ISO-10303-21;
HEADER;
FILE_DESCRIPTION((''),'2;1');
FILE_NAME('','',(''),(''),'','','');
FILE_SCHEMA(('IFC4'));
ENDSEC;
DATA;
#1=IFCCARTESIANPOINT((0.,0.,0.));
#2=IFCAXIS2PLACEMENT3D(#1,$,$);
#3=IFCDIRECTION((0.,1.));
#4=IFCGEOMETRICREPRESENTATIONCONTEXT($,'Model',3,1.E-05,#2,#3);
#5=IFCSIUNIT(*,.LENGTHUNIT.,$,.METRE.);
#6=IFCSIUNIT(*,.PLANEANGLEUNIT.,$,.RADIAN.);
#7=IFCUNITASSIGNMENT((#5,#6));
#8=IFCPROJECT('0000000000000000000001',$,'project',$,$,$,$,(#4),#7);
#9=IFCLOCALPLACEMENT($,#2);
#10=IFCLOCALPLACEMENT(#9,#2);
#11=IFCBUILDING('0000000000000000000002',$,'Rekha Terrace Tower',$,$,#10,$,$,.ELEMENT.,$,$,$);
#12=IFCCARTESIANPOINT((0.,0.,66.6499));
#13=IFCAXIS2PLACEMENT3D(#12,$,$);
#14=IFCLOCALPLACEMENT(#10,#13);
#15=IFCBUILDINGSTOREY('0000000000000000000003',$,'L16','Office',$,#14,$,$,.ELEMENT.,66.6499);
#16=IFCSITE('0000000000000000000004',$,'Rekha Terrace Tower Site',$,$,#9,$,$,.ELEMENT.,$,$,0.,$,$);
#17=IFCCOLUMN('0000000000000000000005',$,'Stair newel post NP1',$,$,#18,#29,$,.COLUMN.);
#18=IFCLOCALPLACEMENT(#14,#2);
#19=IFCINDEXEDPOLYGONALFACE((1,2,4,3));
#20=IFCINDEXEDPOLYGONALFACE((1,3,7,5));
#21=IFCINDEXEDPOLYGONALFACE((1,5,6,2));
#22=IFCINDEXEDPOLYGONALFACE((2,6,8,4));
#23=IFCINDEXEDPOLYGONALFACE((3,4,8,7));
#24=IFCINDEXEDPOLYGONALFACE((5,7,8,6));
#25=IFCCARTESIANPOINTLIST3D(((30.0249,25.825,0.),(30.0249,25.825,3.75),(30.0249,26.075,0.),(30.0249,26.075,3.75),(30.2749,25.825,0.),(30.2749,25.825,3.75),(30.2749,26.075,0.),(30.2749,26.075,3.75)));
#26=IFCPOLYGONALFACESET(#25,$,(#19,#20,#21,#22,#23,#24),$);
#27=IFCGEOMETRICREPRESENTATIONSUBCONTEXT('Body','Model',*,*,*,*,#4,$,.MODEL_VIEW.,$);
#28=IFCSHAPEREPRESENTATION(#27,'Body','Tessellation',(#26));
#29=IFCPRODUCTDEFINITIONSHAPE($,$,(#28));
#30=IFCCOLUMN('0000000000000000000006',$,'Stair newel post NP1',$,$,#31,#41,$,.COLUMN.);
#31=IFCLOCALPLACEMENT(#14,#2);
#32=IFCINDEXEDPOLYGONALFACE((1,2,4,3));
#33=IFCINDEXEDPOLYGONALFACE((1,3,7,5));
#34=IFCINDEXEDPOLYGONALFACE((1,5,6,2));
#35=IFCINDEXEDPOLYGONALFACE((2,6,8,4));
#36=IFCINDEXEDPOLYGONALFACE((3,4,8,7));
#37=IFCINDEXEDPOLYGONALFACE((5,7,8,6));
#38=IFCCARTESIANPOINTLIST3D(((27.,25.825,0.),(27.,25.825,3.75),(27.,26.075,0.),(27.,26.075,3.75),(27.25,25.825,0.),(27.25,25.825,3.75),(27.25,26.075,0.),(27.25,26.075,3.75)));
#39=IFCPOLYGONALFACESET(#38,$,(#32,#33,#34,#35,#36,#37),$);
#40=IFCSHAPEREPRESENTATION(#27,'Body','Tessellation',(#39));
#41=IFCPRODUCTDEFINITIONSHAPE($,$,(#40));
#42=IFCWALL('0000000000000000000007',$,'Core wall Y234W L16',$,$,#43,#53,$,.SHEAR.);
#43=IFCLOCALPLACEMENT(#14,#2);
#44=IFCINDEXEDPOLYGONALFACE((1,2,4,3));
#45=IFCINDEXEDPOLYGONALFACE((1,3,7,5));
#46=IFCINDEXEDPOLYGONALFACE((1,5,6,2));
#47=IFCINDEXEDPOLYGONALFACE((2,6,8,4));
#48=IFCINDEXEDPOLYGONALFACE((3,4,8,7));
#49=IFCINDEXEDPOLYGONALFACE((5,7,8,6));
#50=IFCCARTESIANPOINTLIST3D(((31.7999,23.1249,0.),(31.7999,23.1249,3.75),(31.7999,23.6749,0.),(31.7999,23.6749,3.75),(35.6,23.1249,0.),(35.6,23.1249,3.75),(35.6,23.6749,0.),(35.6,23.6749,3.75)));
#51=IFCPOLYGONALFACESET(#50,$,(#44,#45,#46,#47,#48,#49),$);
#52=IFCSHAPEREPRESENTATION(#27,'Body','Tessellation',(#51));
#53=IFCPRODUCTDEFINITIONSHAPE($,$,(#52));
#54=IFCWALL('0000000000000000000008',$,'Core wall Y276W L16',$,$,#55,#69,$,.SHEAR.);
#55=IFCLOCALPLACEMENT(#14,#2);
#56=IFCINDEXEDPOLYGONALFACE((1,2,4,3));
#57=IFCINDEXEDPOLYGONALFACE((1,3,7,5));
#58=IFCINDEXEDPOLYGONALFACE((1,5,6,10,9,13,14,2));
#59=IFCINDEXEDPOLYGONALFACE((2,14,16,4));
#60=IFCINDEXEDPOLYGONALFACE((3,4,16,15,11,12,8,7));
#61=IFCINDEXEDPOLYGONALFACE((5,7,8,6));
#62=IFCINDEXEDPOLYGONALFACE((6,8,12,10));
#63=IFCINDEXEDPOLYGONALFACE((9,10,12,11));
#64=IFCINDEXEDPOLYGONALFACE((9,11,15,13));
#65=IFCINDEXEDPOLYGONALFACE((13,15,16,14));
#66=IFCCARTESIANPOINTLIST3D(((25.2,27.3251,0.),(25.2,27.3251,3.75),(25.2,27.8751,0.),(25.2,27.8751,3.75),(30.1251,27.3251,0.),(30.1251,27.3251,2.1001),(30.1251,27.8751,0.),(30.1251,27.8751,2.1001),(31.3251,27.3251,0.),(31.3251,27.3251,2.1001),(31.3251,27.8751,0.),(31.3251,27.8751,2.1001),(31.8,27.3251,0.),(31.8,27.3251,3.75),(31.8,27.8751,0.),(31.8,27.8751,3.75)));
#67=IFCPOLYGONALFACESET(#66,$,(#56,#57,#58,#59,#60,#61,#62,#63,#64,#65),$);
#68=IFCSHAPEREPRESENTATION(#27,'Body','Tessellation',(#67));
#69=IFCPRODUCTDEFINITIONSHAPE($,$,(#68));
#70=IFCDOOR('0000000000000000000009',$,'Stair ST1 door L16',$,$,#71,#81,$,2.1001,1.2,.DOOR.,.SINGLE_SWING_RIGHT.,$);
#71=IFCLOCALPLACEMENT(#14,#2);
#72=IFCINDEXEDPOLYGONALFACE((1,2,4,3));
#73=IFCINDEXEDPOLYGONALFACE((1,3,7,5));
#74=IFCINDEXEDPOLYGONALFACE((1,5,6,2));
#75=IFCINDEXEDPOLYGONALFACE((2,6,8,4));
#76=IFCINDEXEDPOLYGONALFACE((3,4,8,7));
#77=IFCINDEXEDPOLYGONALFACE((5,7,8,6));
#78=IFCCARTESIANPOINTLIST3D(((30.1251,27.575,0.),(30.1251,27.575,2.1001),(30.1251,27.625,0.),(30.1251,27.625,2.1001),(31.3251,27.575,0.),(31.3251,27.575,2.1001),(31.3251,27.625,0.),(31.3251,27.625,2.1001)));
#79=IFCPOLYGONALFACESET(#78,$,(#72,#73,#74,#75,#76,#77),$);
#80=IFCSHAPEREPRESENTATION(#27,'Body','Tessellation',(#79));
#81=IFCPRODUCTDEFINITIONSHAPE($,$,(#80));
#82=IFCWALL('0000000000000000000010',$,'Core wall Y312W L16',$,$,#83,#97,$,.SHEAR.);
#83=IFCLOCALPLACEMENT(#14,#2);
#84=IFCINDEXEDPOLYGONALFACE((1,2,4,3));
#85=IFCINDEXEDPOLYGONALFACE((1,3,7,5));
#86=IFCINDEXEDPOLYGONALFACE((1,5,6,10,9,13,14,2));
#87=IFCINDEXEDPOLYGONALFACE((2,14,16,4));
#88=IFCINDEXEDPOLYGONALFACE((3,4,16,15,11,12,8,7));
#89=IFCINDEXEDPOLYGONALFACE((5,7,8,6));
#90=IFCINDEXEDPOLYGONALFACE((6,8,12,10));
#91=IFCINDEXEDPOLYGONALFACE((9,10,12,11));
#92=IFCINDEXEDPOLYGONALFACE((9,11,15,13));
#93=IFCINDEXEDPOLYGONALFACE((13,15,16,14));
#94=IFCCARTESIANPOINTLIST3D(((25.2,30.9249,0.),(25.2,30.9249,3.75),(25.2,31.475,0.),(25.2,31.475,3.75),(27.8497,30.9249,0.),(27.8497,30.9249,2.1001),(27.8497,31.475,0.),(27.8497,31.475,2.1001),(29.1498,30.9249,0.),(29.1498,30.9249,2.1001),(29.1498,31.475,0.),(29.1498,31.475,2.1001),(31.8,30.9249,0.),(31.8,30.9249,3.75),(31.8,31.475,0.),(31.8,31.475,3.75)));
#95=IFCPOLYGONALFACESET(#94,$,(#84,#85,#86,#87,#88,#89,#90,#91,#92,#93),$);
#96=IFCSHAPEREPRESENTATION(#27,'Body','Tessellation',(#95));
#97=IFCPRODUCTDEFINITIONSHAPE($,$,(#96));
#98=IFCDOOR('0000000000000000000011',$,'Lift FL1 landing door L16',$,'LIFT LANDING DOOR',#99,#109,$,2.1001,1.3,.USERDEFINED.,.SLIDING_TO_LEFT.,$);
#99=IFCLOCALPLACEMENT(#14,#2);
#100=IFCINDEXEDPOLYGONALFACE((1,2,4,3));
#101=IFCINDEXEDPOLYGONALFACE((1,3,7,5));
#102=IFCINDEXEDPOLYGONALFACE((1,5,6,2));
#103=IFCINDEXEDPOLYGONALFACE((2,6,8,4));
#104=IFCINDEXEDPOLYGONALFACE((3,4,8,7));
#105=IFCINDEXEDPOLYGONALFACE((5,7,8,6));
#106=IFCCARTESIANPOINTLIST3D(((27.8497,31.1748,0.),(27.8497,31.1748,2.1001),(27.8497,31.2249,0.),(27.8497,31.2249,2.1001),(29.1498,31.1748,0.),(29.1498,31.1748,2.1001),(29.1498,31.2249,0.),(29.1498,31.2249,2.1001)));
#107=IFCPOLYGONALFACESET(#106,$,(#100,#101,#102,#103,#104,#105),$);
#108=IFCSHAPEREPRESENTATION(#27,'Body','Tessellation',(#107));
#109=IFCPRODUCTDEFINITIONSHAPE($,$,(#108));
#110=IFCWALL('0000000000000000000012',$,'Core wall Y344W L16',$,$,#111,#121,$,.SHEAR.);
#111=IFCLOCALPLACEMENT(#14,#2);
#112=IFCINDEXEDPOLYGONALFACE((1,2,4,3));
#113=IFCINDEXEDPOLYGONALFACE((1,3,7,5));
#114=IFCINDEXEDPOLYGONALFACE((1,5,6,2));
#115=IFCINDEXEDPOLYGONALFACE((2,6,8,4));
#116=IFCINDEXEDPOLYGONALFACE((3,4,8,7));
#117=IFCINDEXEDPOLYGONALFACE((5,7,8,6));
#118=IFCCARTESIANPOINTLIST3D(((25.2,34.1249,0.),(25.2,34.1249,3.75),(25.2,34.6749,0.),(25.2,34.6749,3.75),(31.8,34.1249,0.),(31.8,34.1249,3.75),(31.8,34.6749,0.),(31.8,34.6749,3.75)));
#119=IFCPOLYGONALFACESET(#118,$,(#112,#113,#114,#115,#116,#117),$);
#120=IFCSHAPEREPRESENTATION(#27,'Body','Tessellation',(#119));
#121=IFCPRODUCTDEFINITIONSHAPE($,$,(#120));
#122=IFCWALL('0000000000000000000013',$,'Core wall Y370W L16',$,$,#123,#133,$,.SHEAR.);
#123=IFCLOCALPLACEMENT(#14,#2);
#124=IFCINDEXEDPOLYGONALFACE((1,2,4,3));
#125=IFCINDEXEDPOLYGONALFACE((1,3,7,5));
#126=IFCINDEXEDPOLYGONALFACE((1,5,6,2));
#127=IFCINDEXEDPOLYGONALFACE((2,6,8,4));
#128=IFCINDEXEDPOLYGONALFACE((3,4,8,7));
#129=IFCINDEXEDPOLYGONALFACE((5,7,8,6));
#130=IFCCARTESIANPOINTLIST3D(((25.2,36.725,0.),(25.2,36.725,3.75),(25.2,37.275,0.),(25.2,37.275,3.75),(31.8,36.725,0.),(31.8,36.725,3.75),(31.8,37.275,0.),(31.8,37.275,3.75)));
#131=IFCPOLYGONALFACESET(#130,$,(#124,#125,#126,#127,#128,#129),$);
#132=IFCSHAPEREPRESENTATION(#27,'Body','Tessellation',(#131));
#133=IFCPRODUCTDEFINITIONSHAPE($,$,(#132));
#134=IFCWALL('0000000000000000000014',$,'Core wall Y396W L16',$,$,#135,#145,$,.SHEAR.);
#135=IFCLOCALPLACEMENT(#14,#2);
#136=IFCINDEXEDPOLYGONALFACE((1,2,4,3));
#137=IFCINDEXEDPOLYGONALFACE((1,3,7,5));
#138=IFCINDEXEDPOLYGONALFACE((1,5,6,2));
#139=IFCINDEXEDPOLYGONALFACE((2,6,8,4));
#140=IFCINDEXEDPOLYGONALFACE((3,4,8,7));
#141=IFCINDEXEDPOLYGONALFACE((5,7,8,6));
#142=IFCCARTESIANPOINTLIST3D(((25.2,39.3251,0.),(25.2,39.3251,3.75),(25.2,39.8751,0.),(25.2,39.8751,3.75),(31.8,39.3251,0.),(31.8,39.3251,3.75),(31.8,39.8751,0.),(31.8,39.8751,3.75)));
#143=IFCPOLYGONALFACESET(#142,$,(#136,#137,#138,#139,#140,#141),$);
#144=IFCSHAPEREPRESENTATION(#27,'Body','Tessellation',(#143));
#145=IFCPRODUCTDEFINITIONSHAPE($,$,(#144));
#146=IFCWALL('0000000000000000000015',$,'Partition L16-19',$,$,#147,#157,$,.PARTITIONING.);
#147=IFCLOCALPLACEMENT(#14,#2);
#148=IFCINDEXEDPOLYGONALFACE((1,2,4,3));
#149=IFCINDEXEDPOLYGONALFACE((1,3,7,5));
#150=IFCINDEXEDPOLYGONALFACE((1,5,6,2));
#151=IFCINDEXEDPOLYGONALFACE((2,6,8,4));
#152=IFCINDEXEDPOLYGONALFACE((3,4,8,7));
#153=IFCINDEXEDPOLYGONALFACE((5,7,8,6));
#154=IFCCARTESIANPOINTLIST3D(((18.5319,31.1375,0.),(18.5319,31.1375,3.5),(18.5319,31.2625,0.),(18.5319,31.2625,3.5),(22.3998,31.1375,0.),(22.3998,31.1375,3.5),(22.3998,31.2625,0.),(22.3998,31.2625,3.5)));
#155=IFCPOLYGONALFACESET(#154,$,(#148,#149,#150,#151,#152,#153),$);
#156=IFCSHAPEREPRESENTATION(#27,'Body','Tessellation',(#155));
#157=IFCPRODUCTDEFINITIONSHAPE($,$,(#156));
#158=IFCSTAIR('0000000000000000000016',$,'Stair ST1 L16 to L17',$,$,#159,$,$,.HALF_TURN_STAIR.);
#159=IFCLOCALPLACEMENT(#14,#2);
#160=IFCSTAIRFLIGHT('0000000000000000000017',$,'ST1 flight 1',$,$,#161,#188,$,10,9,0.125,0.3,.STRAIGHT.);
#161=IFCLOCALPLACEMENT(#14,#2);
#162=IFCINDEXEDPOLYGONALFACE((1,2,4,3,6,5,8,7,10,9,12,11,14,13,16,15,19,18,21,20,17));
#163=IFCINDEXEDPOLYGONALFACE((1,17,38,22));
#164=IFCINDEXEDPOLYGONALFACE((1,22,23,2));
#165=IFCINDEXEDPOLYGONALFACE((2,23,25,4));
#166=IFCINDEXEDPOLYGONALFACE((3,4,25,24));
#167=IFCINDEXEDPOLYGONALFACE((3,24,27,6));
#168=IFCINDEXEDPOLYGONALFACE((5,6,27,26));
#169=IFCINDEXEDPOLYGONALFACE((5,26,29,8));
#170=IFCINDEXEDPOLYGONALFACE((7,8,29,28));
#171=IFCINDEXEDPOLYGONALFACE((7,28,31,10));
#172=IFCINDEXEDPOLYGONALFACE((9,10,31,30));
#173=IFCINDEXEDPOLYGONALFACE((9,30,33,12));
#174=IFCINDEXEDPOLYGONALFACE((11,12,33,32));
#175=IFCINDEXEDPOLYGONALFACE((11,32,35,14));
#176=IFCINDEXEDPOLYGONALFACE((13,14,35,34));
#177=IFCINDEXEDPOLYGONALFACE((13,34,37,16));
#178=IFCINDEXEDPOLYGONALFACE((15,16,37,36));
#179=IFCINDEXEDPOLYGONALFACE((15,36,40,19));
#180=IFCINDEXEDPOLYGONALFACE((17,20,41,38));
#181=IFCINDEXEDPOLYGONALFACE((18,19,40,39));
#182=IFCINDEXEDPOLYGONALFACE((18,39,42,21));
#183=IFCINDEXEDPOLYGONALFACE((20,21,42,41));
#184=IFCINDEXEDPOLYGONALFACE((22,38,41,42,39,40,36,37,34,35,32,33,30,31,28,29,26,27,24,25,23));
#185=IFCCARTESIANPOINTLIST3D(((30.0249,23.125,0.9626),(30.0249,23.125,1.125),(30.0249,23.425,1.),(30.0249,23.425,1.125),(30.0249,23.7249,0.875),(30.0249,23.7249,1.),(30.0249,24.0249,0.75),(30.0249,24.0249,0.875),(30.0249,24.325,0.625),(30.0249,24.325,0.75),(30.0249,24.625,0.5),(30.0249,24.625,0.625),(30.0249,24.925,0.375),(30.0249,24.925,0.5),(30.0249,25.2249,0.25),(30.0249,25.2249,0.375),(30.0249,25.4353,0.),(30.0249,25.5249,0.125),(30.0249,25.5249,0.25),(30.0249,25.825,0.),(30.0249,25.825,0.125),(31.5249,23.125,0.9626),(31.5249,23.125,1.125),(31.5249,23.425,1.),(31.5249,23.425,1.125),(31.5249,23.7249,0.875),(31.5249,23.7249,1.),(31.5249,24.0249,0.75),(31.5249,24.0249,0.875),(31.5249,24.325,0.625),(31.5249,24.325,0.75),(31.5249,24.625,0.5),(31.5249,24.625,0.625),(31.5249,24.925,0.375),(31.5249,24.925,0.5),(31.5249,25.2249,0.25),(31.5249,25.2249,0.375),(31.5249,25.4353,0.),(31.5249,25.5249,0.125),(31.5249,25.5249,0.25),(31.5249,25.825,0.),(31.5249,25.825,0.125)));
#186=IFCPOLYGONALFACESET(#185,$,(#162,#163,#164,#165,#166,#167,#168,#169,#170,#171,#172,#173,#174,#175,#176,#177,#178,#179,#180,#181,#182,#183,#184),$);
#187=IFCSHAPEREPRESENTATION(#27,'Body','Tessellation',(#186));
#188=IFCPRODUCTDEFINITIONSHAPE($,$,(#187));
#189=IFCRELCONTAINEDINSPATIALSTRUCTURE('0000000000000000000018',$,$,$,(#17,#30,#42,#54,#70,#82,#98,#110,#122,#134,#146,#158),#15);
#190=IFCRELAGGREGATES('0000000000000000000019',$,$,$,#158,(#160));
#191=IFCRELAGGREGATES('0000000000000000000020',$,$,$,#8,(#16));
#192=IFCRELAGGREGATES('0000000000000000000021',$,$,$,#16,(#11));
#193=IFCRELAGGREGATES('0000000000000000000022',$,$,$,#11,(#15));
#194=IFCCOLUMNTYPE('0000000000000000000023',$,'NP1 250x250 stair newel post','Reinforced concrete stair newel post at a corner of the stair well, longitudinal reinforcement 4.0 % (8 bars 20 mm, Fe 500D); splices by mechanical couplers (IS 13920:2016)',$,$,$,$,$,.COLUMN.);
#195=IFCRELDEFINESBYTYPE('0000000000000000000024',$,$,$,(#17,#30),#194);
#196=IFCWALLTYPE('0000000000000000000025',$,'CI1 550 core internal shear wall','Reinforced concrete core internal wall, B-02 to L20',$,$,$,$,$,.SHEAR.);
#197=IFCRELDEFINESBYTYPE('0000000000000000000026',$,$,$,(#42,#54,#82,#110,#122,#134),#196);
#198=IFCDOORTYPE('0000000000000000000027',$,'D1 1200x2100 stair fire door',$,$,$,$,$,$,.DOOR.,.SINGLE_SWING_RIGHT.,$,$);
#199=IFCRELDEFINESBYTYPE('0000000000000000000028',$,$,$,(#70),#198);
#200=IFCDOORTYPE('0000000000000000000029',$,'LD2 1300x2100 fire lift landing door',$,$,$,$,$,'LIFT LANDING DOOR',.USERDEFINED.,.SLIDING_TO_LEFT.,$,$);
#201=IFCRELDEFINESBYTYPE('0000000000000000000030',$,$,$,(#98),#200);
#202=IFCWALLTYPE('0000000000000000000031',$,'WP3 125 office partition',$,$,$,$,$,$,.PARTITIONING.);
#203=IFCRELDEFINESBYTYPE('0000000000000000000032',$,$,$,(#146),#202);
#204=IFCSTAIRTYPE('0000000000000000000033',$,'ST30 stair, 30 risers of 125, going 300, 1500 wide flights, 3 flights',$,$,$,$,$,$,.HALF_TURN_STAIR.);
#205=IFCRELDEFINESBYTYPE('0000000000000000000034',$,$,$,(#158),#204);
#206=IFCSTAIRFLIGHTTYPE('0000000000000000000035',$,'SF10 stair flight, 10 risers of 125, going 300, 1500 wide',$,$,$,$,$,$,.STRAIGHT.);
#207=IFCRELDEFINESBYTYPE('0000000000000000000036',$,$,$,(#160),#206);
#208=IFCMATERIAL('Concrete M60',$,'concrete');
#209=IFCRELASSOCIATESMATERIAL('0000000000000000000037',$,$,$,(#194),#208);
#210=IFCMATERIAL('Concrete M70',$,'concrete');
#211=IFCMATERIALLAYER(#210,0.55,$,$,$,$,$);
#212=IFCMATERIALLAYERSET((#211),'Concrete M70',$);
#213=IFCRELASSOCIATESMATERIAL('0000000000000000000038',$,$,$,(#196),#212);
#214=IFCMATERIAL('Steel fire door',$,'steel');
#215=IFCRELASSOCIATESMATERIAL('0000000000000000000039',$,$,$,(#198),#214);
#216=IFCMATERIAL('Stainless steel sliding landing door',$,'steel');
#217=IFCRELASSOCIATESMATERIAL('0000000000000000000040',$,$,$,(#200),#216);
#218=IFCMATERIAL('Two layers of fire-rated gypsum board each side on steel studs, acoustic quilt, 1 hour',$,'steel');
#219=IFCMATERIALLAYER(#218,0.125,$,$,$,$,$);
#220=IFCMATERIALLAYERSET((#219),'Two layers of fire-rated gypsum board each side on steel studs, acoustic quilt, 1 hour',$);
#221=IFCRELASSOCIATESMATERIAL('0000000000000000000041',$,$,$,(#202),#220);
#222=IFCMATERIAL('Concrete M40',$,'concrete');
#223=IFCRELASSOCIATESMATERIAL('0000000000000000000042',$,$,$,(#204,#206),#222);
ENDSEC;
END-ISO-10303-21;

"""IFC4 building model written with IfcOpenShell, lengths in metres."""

from ifc_helpers import new_model, si_unit, direction, frame, frame_2d, origin, origin_2d, place, context, subcontext, project, spatial, polyline, rectangle, outline, extrude, material, layer, layer_set, material_profile, profile_set, type_object, element, fill, aggregate, save


model = new_model("IFC4")

# Units and contexts
model_context = context("Model", 3, precision=1e-05, world=origin(), true_north=direction((0.0, 1.0)))
body_context = subcontext(model_context, "Body", "Model", "MODEL_VIEW")
ifc_project = project(units=[si_unit("LENGTHUNIT", "METRE"), si_unit("PLANEANGLEUNIT", "RADIAN")], contexts=[model_context])

# Site, building, storey
site_placement = place(None, origin())
site = spatial("IfcSite", under=ifc_project, at=site_placement, Name="Rekha Terrace Tower Site", CompositionType="ELEMENT", RefElevation=0.0)
building_placement = place(site_placement, origin())
building = spatial("IfcBuilding", under=site, at=building_placement, Name="Rekha Terrace Tower", CompositionType="ELEMENT")
storey_placement = place(building_placement, frame((0.0, 0.0, 66.6499)))
storey = spatial("IfcBuildingStorey", under=building, at=storey_placement, Name="L16", Description="Office", CompositionType="ELEMENT", Elevation=66.6499)

# Columns
ifc_material_1 = material(Name="Concrete M60", Category="concrete")
ifc_material_profile = material_profile(ifc_material_1, rectangle(XDim=0.25, YDim=0.25, at=origin_2d()), Name="RC 250x250")
ifc_profile_set = profile_set([ifc_material_profile], Name="Concrete M60")
column_type = type_object("IfcColumnType", Name="NP1 250x250 stair newel post", Description="Reinforced concrete stair newel post at a corner of the stair well, longitudinal reinforcement 4.0 % (8 bars 20 mm, Fe 500D); splices by mechanical couplers (IS 13920:2016)", PredefinedType="COLUMN", material=ifc_profile_set)
for number, where, z_axis, x_axis, name in (
    (1, (30.1499, 25.95, 0.0), (0.0, 0.0, 1.0), (1.0, 0.0, 0.0), "Stair newel post NP1"),
    (2, (27.125, 25.95, 0.0), (0.0, 0.0, 1.0), (1.0, 0.0, 0.0), "Stair newel post NP1"),
):
    element("IfcColumn", number, at=place(storey_placement, frame(where, z_axis=z_axis, x_axis=x_axis)), inside=storey, type_object=column_type, Name=name, PredefinedType="COLUMN", context=body_context, shape_type="SweptSolid", body=[
        extrude(rectangle(XDim=0.25, YDim=0.25, at=origin_2d()), origin(), (0.0, 0.0, 1.0), 3.75),
    ])

# Wall
ifc_material_2 = material(Name="Concrete M70", Category="concrete")
ifc_layer_1 = layer(ifc_material_2, 0.55)
ifc_layer_set_1 = layer_set([ifc_layer_1], Name="Concrete M70")
wall_type_1 = type_object("IfcWallType", Name="CI1 550 core internal shear wall", Description="Reinforced concrete core internal wall, B-02 to L20", PredefinedType="SHEAR", material=ifc_layer_set_1)
wall_1_placement = place(storey_placement, frame((31.8, 23.3999, 0.0), z_axis=(0.0, 0.0, 1.0), x_axis=(1.0, 0.0, 0.0)))
element("IfcWall", 3, at=wall_1_placement, inside=storey, type_object=wall_type_1, Name="Core wall Y234W L16", PredefinedType="SHEAR", context=body_context, shape_type="SweptSolid", body=[
    extrude(rectangle(XDim=3.8, YDim=0.55, at=frame_2d((1.8999, 0.0))), origin(), (0.0, 0.0, 1.0), 3.75),
])

# Walls, openings, doors
wall_2_placement = place(storey_placement, frame((25.2, 27.6001, 0.0), z_axis=(0.0, 0.0, 1.0), x_axis=(1.0, 0.0, 0.0)))
wall_2 = element("IfcWall", 4, at=wall_2_placement, inside=storey, type_object=wall_type_1, Name="Core wall Y276W L16", PredefinedType="SHEAR", context=body_context, shape_type="SweptSolid", body=[
    extrude(rectangle(XDim=6.6001, YDim=0.55, at=frame_2d((3.3, 0.0))), origin(), (0.0, 0.0, 1.0), 3.75),
])
opening_1_placement = place(wall_2_placement, frame((4.925, 0.0, 0.0)))
opening_1 = element("IfcOpeningElement", 5, at=opening_1_placement, cuts=wall_2, PredefinedType="OPENING", context=body_context, shape_type="SweptSolid", body=[
    extrude(rectangle(XDim=1.2, YDim=2.1001, at=frame_2d((0.6001, 1.05))), frame((0.0, 0.2849, 0.0), z_axis=(0.0, -1.0, 0.0), x_axis=(1.0, 0.0, 0.0)), (0.0, 0.0, 1.0), 0.5701),
])
ifc_material_3 = material(Name="Steel fire door", Category="steel")
door_type_1 = type_object("IfcDoorType", Name="D1 1200x2100 stair fire door", OperationType="SINGLE_SWING_RIGHT", PredefinedType="DOOR", material=ifc_material_3)
door_1_placement = place(opening_1_placement, origin())
door_1 = element("IfcDoor", 6, at=door_1_placement, inside=storey, type_object=door_type_1, Name="Stair ST1 door L16", OperationType="SINGLE_SWING_RIGHT", OverallHeight=2.1001, OverallWidth=1.2, PredefinedType="DOOR", context=body_context, shape_type="SweptSolid", body=[
    extrude(rectangle(XDim=1.2, YDim=2.1001, at=frame_2d((0.6001, 1.05))), frame((0.0, 0.0249, 0.0), z_axis=(0.0, -1.0, 0.0), x_axis=(1.0, 0.0, 0.0)), (0.0, 0.0, 1.0), 0.05),
])
fill(opening_1, door_1)
wall_3_placement = place(storey_placement, frame((25.2, 31.2, 0.0), z_axis=(0.0, 0.0, 1.0), x_axis=(1.0, 0.0, 0.0)))
wall_3 = element("IfcWall", 7, at=wall_3_placement, inside=storey, type_object=wall_type_1, Name="Core wall Y312W L16", PredefinedType="SHEAR", context=body_context, shape_type="SweptSolid", body=[
    extrude(rectangle(XDim=6.6001, YDim=0.55, at=frame_2d((3.3, 0.0))), origin(), (0.0, 0.0, 1.0), 3.75),
])
opening_2_placement = place(wall_3_placement, frame((2.6499, 0.0, 0.0)))
opening_2 = element("IfcOpeningElement", 8, at=opening_2_placement, cuts=wall_3, PredefinedType="OPENING", context=body_context, shape_type="SweptSolid", body=[
    extrude(rectangle(XDim=1.3, YDim=2.1001, at=frame_2d((0.6499, 1.05))), frame((0.0, 0.2849, 0.0), z_axis=(0.0, -1.0, 0.0), x_axis=(1.0, 0.0, 0.0)), (0.0, 0.0, 1.0), 0.5701),
])
ifc_material_4 = material(Name="Stainless steel sliding landing door", Category="steel")
door_type_2 = type_object("IfcDoorType", Name="LD2 1300x2100 fire lift landing door", ElementType="LIFT LANDING DOOR", OperationType="SLIDING_TO_LEFT", PredefinedType="USERDEFINED", material=ifc_material_4)
door_2_placement = place(opening_2_placement, origin())
door_2 = element("IfcDoor", 9, at=door_2_placement, inside=storey, type_object=door_type_2, Name="Lift FL1 landing door L16", ObjectType="LIFT LANDING DOOR", OperationType="SLIDING_TO_LEFT", OverallHeight=2.1001, OverallWidth=1.3, PredefinedType="USERDEFINED", context=body_context, shape_type="SweptSolid", body=[
    extrude(rectangle(XDim=1.3, YDim=2.1001, at=frame_2d((0.6499, 1.05))), frame((0.0, 0.0249, 0.0), z_axis=(0.0, -1.0, 0.0), x_axis=(1.0, 0.0, 0.0)), (0.0, 0.0, 1.0), 0.05),
])
fill(opening_2, door_2)

# Walls
for number, where, z_axis, x_axis, name in (
    (10, (25.2, 34.3999, 0.0), (0.0, 0.0, 1.0), (1.0, 0.0, 0.0), "Core wall Y344W L16"),
    (11, (25.2, 37.0, 0.0), (0.0, 0.0, 1.0), (1.0, 0.0, 0.0), "Core wall Y370W L16"),
    (12, (25.2, 39.6001, 0.0), (0.0, 0.0, 1.0), (1.0, 0.0, 0.0), "Core wall Y396W L16"),
):
    element("IfcWall", number, at=place(storey_placement, frame(where, z_axis=z_axis, x_axis=x_axis)), inside=storey, type_object=wall_type_1, Name=name, PredefinedType="SHEAR", context=body_context, shape_type="SweptSolid", body=[
        extrude(rectangle(XDim=6.6001, YDim=0.55, at=frame_2d((3.3, 0.0))), origin(), (0.0, 0.0, 1.0), 3.75),
    ])
ifc_material_5 = material(Name="Two layers of fire-rated gypsum board each side on steel studs, acoustic quilt, 1 hour", Category="steel")
ifc_layer_2 = layer(ifc_material_5, 0.125)
ifc_layer_set_2 = layer_set([ifc_layer_2], Name="Two layers of fire-rated gypsum board each side on steel studs, acoustic quilt, 1 hour")
wall_type_2 = type_object("IfcWallType", Name="WP3 125 office partition", PredefinedType="PARTITIONING", material=ifc_layer_set_2)
wall_4_placement = place(storey_placement, frame((22.3999, 31.2, 0.0), z_axis=(0.0, 0.0, 1.0), x_axis=(-1.0, 0.0, 0.0)))
element("IfcWall", 13, at=wall_4_placement, inside=storey, type_object=wall_type_2, Name="Partition L16-19", PredefinedType="PARTITIONING", context=body_context, shape_type="SweptSolid", body=[
    extrude(rectangle(XDim=3.8679, YDim=0.125, at=frame_2d((1.9341, 0.0))), origin(), (0.0, 0.0, 1.0), 3.5),
])

# Stair, stair flight
ifc_material_6 = material(Name="Concrete M40", Category="concrete")
stair_type = type_object("IfcStairType", Name="ST30 stair, 30 risers of 125, going 300, 1500 wide flights, 3 flights", PredefinedType="HALF_TURN_STAIR", material=ifc_material_6)
stair_placement = place(storey_placement, origin())
stair = element("IfcStair", 14, at=stair_placement, inside=storey, type_object=stair_type, Name="Stair ST1 L16 to L17", PredefinedType="HALF_TURN_STAIR")
stair_flight_type = type_object("IfcStairFlightType", Name="SF10 stair flight, 10 risers of 125, going 300, 1500 wide", PredefinedType="STRAIGHT", material=ifc_material_6)
stair_flight_placement = place(storey_placement, frame((30.7749, 25.825, 0.0), z_axis=(0.0, 0.0, 1.0), x_axis=(0.0, -1.0, 0.0)))
stair_flight = element("IfcStairFlight", 15, at=stair_flight_placement, type_object=stair_flight_type, Name="ST1 flight 1", NumberOfRisers=10, NumberOfTreads=9, PredefinedType="STRAIGHT", RiserHeight=0.125, TreadLength=0.3, context=body_context, shape_type="SweptSolid", body=[
    extrude(outline(polyline([(0.0, 0.0), (0.0, 0.125), (0.3, 0.125), (0.3, 0.25), (0.6001, 0.25), (0.6001, 0.375), (0.8999, 0.375), (0.8999, 0.5), (1.2, 0.5), (1.2, 0.625), (1.5, 0.625), (1.5, 0.75), (1.8, 0.75), (1.8, 0.875), (2.1001, 0.875), (2.1001, 1.0), (2.3999, 1.0), (2.3999, 1.125), (2.7, 1.125), (2.7, 1.25), (2.7, 0.9626), (0.3896, 0.0), (0.0, 0.0)])), frame((0.0, 0.75, 0.0), z_axis=(0.0, -1.0, 0.0), x_axis=(1.0, 0.0, 0.0)), (0.0, 0.0, 1.0), 1.5),
])
aggregate(stair, [stair_flight])

save(model, "model.ifc")
